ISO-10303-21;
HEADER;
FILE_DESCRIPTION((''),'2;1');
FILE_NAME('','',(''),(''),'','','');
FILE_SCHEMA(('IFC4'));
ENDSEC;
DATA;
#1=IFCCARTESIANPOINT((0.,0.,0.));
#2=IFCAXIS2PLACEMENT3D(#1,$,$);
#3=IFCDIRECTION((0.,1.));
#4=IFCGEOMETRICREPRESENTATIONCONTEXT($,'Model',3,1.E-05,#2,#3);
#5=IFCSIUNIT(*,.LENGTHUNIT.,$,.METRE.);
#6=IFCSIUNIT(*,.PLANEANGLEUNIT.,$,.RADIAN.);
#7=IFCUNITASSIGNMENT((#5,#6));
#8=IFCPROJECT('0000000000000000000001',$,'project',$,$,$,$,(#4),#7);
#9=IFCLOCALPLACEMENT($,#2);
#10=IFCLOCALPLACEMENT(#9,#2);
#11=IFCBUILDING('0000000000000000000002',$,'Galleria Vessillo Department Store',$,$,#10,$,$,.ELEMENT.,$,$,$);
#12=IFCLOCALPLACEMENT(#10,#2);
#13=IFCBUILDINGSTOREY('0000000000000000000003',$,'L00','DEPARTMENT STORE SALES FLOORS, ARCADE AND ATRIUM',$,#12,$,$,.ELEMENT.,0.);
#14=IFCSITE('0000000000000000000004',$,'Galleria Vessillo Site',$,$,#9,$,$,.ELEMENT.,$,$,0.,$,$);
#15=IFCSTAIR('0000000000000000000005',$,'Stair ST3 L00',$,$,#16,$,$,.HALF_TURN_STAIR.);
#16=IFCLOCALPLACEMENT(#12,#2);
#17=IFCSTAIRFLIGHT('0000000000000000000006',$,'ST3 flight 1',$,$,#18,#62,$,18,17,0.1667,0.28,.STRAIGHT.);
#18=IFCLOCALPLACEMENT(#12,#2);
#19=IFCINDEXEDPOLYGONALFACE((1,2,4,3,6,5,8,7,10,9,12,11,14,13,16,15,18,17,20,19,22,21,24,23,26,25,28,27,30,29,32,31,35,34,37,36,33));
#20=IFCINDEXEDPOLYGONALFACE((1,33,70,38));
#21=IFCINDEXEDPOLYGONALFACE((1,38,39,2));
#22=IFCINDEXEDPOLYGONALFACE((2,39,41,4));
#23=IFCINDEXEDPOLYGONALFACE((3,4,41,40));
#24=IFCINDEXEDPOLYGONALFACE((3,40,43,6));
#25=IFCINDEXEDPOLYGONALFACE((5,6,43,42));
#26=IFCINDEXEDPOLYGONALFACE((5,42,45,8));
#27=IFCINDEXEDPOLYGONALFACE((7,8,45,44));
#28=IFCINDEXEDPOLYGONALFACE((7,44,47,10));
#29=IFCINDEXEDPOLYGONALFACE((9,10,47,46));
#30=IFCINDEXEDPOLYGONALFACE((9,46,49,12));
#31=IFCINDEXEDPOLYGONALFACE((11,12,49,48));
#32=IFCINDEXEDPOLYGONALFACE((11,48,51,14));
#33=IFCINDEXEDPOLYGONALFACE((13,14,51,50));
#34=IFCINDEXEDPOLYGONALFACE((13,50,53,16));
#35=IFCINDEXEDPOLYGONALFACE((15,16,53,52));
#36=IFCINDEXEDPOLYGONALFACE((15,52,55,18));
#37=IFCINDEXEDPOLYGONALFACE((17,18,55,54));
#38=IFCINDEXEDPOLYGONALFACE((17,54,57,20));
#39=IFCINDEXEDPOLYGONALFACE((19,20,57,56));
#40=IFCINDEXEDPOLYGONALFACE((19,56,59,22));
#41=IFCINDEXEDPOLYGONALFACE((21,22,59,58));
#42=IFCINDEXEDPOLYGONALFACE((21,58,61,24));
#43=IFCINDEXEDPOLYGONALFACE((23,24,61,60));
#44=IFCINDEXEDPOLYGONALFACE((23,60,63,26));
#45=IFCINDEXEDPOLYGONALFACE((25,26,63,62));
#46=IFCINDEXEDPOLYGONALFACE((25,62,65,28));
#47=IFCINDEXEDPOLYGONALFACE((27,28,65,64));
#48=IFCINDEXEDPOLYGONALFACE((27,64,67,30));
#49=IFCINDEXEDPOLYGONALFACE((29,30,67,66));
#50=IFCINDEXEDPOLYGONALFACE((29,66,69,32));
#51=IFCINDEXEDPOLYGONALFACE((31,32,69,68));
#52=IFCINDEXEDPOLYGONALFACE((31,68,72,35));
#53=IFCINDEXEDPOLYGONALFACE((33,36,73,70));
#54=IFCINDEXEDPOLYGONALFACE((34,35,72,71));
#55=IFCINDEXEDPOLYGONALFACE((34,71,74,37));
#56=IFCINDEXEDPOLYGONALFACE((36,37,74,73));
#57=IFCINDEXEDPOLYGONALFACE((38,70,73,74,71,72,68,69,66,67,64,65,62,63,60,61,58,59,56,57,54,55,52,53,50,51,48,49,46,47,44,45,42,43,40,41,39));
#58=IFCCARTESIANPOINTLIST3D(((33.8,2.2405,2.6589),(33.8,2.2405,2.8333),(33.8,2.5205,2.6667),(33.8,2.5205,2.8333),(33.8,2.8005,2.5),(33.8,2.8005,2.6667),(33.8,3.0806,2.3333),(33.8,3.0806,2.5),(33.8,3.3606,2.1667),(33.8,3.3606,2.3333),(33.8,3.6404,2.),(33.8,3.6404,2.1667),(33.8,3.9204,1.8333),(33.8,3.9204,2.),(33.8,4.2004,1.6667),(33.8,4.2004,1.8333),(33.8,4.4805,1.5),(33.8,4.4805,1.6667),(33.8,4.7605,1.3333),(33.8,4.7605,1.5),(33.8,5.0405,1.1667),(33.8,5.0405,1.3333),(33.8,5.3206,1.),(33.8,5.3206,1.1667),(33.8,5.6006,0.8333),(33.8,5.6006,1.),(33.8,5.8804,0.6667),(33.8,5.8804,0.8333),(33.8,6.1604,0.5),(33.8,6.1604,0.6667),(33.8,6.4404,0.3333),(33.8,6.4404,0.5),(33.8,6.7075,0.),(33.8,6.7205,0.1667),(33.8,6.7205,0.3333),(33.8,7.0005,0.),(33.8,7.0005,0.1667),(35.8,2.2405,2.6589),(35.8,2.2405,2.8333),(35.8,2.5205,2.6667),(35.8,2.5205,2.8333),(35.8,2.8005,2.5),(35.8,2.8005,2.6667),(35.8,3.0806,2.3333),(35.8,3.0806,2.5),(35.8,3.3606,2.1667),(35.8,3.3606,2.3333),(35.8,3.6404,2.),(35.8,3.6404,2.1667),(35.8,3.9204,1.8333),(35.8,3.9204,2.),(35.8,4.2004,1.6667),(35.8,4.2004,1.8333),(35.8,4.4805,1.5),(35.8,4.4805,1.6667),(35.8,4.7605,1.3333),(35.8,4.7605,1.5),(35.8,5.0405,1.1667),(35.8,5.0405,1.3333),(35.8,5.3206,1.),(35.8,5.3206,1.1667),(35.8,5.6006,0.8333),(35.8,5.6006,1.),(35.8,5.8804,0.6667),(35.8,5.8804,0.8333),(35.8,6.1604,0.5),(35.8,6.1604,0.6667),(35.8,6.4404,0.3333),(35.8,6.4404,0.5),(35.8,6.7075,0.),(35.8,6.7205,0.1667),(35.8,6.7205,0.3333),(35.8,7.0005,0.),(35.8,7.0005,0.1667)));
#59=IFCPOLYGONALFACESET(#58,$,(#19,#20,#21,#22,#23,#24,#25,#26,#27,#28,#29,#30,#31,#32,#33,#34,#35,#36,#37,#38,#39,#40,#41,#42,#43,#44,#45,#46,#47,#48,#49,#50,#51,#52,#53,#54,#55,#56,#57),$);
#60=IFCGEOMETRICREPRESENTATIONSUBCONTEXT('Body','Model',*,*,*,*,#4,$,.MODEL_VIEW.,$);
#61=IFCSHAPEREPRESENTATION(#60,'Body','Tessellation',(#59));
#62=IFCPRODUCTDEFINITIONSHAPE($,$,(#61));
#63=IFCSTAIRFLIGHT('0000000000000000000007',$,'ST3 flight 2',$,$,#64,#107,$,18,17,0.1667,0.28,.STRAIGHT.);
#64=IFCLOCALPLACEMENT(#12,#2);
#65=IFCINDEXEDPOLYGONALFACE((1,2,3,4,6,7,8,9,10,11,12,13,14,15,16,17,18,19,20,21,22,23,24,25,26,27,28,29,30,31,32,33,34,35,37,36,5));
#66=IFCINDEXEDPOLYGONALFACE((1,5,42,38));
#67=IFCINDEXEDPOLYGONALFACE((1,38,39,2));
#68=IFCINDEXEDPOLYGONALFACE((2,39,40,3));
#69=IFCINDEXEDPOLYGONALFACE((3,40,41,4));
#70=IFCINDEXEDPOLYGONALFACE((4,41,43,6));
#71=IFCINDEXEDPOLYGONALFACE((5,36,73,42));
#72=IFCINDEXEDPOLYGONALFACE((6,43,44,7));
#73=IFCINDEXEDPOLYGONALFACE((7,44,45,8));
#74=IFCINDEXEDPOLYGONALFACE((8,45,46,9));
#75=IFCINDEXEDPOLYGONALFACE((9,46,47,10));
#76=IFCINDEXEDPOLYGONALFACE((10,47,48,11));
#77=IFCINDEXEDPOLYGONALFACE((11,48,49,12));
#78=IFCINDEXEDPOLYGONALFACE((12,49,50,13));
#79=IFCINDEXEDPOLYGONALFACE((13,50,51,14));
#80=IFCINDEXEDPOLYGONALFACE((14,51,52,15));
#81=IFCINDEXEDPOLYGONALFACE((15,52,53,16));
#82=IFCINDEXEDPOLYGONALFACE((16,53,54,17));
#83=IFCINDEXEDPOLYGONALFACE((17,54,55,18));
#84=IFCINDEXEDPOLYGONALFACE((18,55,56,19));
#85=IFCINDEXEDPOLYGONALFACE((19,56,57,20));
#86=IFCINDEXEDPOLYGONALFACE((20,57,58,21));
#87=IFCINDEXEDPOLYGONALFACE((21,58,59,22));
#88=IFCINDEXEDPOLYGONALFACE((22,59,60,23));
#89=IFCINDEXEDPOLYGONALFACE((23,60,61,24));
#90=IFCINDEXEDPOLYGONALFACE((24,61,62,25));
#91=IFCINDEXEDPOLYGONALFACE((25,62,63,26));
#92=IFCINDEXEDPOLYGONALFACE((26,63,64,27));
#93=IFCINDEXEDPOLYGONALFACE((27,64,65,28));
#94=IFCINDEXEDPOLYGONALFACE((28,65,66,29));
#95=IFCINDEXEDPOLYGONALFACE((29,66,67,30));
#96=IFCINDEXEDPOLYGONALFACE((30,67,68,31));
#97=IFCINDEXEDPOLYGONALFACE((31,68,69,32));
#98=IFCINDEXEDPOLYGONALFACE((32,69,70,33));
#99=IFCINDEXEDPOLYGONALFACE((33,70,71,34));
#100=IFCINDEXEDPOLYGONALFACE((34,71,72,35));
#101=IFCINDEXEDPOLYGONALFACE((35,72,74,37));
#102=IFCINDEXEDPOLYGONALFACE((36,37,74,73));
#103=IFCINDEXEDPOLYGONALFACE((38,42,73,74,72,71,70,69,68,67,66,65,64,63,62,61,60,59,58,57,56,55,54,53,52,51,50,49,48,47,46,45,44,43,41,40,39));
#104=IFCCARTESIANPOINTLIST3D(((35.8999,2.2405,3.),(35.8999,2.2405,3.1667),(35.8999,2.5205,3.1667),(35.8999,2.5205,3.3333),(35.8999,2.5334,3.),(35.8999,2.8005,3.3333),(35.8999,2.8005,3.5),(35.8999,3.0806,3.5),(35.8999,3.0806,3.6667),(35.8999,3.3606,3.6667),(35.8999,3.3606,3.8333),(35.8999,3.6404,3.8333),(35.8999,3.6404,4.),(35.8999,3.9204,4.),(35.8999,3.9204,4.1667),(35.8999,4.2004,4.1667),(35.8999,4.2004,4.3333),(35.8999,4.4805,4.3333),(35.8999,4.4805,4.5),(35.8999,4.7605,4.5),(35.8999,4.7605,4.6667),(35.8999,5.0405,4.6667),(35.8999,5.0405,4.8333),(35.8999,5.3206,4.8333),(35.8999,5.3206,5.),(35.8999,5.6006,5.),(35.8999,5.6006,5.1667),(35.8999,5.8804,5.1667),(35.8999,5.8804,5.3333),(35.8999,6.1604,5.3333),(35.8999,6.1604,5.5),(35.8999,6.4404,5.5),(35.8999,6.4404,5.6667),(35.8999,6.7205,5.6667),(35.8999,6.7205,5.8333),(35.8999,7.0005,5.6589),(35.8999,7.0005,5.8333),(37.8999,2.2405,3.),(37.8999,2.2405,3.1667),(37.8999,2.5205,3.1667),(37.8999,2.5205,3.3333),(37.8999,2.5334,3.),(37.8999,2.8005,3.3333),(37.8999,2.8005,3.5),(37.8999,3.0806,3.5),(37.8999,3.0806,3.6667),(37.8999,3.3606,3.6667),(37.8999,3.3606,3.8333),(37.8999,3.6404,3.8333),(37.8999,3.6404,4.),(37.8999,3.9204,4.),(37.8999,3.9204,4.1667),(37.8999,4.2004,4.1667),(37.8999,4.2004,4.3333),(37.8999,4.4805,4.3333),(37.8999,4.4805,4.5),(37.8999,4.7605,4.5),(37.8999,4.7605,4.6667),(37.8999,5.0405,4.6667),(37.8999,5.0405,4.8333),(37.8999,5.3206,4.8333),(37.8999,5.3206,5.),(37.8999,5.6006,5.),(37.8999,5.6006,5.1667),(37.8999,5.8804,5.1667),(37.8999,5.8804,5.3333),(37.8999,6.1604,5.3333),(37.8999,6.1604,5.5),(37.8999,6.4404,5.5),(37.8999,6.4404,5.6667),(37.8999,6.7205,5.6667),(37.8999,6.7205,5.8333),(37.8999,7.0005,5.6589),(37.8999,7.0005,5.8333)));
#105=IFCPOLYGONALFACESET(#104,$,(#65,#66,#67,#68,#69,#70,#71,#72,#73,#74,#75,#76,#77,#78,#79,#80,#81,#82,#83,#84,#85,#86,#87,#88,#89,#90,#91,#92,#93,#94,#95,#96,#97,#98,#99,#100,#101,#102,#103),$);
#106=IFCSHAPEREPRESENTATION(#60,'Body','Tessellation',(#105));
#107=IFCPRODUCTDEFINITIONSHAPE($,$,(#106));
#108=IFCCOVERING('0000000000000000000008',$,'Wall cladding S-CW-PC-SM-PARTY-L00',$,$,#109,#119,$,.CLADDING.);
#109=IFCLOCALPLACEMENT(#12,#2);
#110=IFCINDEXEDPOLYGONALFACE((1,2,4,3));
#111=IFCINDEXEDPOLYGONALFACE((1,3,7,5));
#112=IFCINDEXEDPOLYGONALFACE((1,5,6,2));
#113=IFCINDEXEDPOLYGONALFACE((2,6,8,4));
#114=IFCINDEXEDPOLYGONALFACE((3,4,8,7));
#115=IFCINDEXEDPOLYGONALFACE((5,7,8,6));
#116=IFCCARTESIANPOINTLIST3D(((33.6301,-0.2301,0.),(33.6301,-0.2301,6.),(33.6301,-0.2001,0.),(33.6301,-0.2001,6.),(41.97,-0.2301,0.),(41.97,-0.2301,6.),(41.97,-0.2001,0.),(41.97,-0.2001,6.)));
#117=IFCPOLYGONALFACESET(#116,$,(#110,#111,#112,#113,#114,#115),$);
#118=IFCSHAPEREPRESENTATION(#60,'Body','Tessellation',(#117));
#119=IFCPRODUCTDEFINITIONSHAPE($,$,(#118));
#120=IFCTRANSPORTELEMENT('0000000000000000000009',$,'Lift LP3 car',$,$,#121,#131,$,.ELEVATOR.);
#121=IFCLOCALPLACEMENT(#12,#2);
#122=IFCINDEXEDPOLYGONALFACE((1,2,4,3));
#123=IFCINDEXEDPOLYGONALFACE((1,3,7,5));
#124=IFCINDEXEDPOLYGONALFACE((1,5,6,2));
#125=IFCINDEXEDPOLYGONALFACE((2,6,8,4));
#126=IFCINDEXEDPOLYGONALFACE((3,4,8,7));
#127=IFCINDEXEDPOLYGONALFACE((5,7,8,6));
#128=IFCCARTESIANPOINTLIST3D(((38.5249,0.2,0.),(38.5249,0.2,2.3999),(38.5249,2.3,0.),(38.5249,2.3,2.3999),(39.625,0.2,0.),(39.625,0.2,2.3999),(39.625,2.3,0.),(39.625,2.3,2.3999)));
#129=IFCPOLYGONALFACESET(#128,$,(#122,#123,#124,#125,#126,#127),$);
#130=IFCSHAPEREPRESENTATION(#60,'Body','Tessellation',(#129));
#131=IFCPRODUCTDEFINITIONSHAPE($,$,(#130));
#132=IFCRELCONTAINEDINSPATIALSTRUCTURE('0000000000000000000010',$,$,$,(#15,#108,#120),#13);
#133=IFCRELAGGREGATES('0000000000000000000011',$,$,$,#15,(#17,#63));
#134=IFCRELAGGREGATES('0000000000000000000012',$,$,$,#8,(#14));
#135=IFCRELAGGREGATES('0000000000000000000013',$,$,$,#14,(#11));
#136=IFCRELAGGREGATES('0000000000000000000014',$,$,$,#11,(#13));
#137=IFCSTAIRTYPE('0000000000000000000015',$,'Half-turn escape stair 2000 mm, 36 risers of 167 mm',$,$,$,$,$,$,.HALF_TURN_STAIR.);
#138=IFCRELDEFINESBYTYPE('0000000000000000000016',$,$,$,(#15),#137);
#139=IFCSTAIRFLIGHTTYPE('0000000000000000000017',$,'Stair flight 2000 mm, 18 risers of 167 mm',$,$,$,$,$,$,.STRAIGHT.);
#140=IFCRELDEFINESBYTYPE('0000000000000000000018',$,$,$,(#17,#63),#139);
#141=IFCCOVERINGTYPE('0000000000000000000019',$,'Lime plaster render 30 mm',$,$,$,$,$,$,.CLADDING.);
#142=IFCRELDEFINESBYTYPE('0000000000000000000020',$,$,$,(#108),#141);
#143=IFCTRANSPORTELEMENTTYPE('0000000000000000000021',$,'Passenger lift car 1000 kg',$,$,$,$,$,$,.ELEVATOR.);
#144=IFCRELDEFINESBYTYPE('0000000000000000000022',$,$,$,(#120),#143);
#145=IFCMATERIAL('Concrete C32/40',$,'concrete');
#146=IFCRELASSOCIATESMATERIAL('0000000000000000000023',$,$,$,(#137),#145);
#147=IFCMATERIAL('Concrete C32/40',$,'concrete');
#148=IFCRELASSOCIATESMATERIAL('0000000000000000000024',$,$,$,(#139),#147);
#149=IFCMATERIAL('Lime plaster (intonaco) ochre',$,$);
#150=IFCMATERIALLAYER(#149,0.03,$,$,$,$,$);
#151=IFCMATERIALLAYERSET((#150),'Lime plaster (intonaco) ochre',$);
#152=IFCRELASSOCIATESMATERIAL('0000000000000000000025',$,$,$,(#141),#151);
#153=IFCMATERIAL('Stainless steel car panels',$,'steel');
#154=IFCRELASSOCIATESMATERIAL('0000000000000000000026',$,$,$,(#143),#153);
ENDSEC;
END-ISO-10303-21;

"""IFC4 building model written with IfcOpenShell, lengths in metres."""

from ifc_helpers import new_model, si_unit, direction, frame, origin, origin_2d, place, context, subcontext, project, spatial, polyline, rectangle, outline, extrude, material, layer, layer_set, type_object, element, aggregate, save


model = new_model("IFC4")

# Units and contexts
model_context = context("Model", 3, precision=1e-05, world=origin(), true_north=direction((0.0, 1.0)))
body_context = subcontext(model_context, "Body", "Model", "MODEL_VIEW")
ifc_project = project(units=[si_unit("LENGTHUNIT", "METRE"), si_unit("PLANEANGLEUNIT", "RADIAN")], contexts=[model_context])

# Site, building, storey
site_placement = place(None, origin())
site = spatial("IfcSite", under=ifc_project, at=site_placement, Name="Galleria Vessillo Site", CompositionType="ELEMENT", RefElevation=0.0)
building_placement = place(site_placement, origin())
building = spatial("IfcBuilding", under=site, at=building_placement, Name="Galleria Vessillo Department Store", CompositionType="ELEMENT")
storey_placement = place(building_placement, origin())
storey = spatial("IfcBuildingStorey", under=building, at=storey_placement, Name="L00", Description="DEPARTMENT STORE SALES FLOORS, ARCADE AND ATRIUM", CompositionType="ELEMENT", Elevation=0.0)

# Stair, stair flights
ifc_material_1 = material(Name="Concrete C32/40", Category="concrete")
stair_type = type_object("IfcStairType", Name="Half-turn escape stair 2000 mm, 36 risers of 167 mm", PredefinedType="HALF_TURN_STAIR", material=ifc_material_1)
stair_placement = place(storey_placement, origin())
stair = element("IfcStair", 1, at=stair_placement, inside=storey, type_object=stair_type, Name="Stair ST3 L00", PredefinedType="HALF_TURN_STAIR")
ifc_material_2 = material(Name="Concrete C32/40", Category="concrete")
stair_flight_type = type_object("IfcStairFlightType", Name="Stair flight 2000 mm, 18 risers of 167 mm", PredefinedType="STRAIGHT", material=ifc_material_2)
stair_flight_1_placement = place(storey_placement, frame((34.8, 7.0005, 0.0), z_axis=(0.0, 0.0, 1.0), x_axis=(0.0, -1.0, 0.0)))
stair_flight_1 = element("IfcStairFlight", 2, at=stair_flight_1_placement, type_object=stair_flight_type, Name="ST3 flight 1", NumberOfRisers=18, NumberOfTreads=17, PredefinedType="STRAIGHT", RiserHeight=0.1667, TreadLength=0.28, context=body_context, shape_type="SweptSolid", body=[
    extrude(outline(polyline([(0.0, 0.0), (0.0, 0.1667), (0.28, 0.1667), (0.28, 0.3333), (0.5601, 0.3333), (0.5601, 0.5), (0.8401, 0.5), (0.8401, 0.6667), (1.1201, 0.6667), (1.1201, 0.8333), (1.3999, 0.8333), (1.3999, 1.0), (1.6799, 1.0), (1.6799, 1.1667), (1.96, 1.1667), (1.96, 1.3333), (2.24, 1.3333), (2.24, 1.5), (2.52, 1.5), (2.52, 1.6667), (2.8, 1.6667), (2.8, 1.8333), (3.0801, 1.8333), (3.0801, 2.0), (3.3601, 2.0), (3.3601, 2.1667), (3.6399, 2.1667), (3.6399, 2.3333), (3.9199, 2.3333), (3.9199, 2.5), (4.2, 2.5), (4.2, 2.6667), (4.48, 2.6667), (4.48, 2.8333), (4.76, 2.8333), (4.76, 3.0), (4.76, 2.6589), (0.293, 0.0), (0.0, 0.0)])), frame((0.0, 1.0, 0.0), z_axis=(0.0, -1.0, 0.0), x_axis=(1.0, 0.0, 0.0)), (0.0, 0.0, 1.0), 2.0),
])
stair_flight_2_placement = place(storey_placement, frame((36.8999, 2.2405, 3.0), z_axis=(0.0, 0.0, 1.0), x_axis=(0.0, 1.0, 0.0)))
stair_flight_2 = element("IfcStairFlight", 3, at=stair_flight_2_placement, type_object=stair_flight_type, Name="ST3 flight 2", NumberOfRisers=18, NumberOfTreads=17, PredefinedType="STRAIGHT", RiserHeight=0.1667, TreadLength=0.28, context=body_context, shape_type="SweptSolid", body=[
    extrude(outline(polyline([(0.0, 0.0), (0.0, 0.1667), (0.28, 0.1667), (0.28, 0.3333), (0.5601, 0.3333), (0.5601, 0.5), (0.8401, 0.5), (0.8401, 0.6667), (1.1201, 0.6667), (1.1201, 0.8333), (1.3999, 0.8333), (1.3999, 1.0), (1.6799, 1.0), (1.6799, 1.1667), (1.96, 1.1667), (1.96, 1.3333), (2.24, 1.3333), (2.24, 1.5), (2.52, 1.5), (2.52, 1.6667), (2.8, 1.6667), (2.8, 1.8333), (3.0801, 1.8333), (3.0801, 2.0), (3.3601, 2.0), (3.3601, 2.1667), (3.6399, 2.1667), (3.6399, 2.3333), (3.9199, 2.3333), (3.9199, 2.5), (4.2, 2.5), (4.2, 2.6667), (4.48, 2.6667), (4.48, 2.8333), (4.76, 2.8333), (4.76, 3.0), (4.76, 2.6589), (0.293, 0.0), (0.0, 0.0)])), frame((0.0, 1.0, 0.0), z_axis=(0.0, -1.0, 0.0), x_axis=(1.0, 0.0, 0.0)), (0.0, 0.0, 1.0), 2.0),
])
aggregate(stair, [stair_flight_1, stair_flight_2])

# Covering
ifc_material_3 = material(Name="Lime plaster (intonaco) ochre")
ifc_layer_1 = layer(ifc_material_3, 0.03)
ifc_layer_set_1 = layer_set([ifc_layer_1], Name="Lime plaster (intonaco) ochre")
covering_type = type_object("IfcCoveringType", Name="Lime plaster render 30 mm", PredefinedType="CLADDING", material=ifc_layer_set_1)
covering_placement = place(storey_placement, frame((37.8, -0.2151, 0.0), z_axis=(0.0, 0.0, 1.0), x_axis=(1.0, 0.0, 0.0)))
element("IfcCovering", 4, at=covering_placement, inside=storey, type_object=covering_type, Name="Wall cladding S-CW-PC-SM-PARTY-L00", PredefinedType="CLADDING", context=body_context, shape_type="SweptSolid", body=[
    extrude(rectangle(XDim=8.3398, YDim=0.03, at=origin_2d()), origin(), (0.0, 0.0, 1.0), 6.0),
])

# Transport element
ifc_material_4 = material(Name="Stainless steel car panels", Category="steel")
transport_element_type = type_object("IfcTransportElementType", Name="Passenger lift car 1000 kg", PredefinedType="ELEVATOR", material=ifc_material_4)
transport_element_placement = place(storey_placement, frame((39.075, 1.25, 0.0), z_axis=(0.0, 0.0, 1.0), x_axis=(1.0, 0.0, 0.0)))
element("IfcTransportElement", 5, at=transport_element_placement, inside=storey, type_object=transport_element_type, Name="Lift LP3 car", PredefinedType="ELEVATOR", context=body_context, shape_type="SweptSolid", body=[
    extrude(rectangle(XDim=1.1001, YDim=2.1001, at=origin_2d()), origin(), (0.0, 0.0, 1.0), 2.3999),
])

save(model, "model.ifc")
